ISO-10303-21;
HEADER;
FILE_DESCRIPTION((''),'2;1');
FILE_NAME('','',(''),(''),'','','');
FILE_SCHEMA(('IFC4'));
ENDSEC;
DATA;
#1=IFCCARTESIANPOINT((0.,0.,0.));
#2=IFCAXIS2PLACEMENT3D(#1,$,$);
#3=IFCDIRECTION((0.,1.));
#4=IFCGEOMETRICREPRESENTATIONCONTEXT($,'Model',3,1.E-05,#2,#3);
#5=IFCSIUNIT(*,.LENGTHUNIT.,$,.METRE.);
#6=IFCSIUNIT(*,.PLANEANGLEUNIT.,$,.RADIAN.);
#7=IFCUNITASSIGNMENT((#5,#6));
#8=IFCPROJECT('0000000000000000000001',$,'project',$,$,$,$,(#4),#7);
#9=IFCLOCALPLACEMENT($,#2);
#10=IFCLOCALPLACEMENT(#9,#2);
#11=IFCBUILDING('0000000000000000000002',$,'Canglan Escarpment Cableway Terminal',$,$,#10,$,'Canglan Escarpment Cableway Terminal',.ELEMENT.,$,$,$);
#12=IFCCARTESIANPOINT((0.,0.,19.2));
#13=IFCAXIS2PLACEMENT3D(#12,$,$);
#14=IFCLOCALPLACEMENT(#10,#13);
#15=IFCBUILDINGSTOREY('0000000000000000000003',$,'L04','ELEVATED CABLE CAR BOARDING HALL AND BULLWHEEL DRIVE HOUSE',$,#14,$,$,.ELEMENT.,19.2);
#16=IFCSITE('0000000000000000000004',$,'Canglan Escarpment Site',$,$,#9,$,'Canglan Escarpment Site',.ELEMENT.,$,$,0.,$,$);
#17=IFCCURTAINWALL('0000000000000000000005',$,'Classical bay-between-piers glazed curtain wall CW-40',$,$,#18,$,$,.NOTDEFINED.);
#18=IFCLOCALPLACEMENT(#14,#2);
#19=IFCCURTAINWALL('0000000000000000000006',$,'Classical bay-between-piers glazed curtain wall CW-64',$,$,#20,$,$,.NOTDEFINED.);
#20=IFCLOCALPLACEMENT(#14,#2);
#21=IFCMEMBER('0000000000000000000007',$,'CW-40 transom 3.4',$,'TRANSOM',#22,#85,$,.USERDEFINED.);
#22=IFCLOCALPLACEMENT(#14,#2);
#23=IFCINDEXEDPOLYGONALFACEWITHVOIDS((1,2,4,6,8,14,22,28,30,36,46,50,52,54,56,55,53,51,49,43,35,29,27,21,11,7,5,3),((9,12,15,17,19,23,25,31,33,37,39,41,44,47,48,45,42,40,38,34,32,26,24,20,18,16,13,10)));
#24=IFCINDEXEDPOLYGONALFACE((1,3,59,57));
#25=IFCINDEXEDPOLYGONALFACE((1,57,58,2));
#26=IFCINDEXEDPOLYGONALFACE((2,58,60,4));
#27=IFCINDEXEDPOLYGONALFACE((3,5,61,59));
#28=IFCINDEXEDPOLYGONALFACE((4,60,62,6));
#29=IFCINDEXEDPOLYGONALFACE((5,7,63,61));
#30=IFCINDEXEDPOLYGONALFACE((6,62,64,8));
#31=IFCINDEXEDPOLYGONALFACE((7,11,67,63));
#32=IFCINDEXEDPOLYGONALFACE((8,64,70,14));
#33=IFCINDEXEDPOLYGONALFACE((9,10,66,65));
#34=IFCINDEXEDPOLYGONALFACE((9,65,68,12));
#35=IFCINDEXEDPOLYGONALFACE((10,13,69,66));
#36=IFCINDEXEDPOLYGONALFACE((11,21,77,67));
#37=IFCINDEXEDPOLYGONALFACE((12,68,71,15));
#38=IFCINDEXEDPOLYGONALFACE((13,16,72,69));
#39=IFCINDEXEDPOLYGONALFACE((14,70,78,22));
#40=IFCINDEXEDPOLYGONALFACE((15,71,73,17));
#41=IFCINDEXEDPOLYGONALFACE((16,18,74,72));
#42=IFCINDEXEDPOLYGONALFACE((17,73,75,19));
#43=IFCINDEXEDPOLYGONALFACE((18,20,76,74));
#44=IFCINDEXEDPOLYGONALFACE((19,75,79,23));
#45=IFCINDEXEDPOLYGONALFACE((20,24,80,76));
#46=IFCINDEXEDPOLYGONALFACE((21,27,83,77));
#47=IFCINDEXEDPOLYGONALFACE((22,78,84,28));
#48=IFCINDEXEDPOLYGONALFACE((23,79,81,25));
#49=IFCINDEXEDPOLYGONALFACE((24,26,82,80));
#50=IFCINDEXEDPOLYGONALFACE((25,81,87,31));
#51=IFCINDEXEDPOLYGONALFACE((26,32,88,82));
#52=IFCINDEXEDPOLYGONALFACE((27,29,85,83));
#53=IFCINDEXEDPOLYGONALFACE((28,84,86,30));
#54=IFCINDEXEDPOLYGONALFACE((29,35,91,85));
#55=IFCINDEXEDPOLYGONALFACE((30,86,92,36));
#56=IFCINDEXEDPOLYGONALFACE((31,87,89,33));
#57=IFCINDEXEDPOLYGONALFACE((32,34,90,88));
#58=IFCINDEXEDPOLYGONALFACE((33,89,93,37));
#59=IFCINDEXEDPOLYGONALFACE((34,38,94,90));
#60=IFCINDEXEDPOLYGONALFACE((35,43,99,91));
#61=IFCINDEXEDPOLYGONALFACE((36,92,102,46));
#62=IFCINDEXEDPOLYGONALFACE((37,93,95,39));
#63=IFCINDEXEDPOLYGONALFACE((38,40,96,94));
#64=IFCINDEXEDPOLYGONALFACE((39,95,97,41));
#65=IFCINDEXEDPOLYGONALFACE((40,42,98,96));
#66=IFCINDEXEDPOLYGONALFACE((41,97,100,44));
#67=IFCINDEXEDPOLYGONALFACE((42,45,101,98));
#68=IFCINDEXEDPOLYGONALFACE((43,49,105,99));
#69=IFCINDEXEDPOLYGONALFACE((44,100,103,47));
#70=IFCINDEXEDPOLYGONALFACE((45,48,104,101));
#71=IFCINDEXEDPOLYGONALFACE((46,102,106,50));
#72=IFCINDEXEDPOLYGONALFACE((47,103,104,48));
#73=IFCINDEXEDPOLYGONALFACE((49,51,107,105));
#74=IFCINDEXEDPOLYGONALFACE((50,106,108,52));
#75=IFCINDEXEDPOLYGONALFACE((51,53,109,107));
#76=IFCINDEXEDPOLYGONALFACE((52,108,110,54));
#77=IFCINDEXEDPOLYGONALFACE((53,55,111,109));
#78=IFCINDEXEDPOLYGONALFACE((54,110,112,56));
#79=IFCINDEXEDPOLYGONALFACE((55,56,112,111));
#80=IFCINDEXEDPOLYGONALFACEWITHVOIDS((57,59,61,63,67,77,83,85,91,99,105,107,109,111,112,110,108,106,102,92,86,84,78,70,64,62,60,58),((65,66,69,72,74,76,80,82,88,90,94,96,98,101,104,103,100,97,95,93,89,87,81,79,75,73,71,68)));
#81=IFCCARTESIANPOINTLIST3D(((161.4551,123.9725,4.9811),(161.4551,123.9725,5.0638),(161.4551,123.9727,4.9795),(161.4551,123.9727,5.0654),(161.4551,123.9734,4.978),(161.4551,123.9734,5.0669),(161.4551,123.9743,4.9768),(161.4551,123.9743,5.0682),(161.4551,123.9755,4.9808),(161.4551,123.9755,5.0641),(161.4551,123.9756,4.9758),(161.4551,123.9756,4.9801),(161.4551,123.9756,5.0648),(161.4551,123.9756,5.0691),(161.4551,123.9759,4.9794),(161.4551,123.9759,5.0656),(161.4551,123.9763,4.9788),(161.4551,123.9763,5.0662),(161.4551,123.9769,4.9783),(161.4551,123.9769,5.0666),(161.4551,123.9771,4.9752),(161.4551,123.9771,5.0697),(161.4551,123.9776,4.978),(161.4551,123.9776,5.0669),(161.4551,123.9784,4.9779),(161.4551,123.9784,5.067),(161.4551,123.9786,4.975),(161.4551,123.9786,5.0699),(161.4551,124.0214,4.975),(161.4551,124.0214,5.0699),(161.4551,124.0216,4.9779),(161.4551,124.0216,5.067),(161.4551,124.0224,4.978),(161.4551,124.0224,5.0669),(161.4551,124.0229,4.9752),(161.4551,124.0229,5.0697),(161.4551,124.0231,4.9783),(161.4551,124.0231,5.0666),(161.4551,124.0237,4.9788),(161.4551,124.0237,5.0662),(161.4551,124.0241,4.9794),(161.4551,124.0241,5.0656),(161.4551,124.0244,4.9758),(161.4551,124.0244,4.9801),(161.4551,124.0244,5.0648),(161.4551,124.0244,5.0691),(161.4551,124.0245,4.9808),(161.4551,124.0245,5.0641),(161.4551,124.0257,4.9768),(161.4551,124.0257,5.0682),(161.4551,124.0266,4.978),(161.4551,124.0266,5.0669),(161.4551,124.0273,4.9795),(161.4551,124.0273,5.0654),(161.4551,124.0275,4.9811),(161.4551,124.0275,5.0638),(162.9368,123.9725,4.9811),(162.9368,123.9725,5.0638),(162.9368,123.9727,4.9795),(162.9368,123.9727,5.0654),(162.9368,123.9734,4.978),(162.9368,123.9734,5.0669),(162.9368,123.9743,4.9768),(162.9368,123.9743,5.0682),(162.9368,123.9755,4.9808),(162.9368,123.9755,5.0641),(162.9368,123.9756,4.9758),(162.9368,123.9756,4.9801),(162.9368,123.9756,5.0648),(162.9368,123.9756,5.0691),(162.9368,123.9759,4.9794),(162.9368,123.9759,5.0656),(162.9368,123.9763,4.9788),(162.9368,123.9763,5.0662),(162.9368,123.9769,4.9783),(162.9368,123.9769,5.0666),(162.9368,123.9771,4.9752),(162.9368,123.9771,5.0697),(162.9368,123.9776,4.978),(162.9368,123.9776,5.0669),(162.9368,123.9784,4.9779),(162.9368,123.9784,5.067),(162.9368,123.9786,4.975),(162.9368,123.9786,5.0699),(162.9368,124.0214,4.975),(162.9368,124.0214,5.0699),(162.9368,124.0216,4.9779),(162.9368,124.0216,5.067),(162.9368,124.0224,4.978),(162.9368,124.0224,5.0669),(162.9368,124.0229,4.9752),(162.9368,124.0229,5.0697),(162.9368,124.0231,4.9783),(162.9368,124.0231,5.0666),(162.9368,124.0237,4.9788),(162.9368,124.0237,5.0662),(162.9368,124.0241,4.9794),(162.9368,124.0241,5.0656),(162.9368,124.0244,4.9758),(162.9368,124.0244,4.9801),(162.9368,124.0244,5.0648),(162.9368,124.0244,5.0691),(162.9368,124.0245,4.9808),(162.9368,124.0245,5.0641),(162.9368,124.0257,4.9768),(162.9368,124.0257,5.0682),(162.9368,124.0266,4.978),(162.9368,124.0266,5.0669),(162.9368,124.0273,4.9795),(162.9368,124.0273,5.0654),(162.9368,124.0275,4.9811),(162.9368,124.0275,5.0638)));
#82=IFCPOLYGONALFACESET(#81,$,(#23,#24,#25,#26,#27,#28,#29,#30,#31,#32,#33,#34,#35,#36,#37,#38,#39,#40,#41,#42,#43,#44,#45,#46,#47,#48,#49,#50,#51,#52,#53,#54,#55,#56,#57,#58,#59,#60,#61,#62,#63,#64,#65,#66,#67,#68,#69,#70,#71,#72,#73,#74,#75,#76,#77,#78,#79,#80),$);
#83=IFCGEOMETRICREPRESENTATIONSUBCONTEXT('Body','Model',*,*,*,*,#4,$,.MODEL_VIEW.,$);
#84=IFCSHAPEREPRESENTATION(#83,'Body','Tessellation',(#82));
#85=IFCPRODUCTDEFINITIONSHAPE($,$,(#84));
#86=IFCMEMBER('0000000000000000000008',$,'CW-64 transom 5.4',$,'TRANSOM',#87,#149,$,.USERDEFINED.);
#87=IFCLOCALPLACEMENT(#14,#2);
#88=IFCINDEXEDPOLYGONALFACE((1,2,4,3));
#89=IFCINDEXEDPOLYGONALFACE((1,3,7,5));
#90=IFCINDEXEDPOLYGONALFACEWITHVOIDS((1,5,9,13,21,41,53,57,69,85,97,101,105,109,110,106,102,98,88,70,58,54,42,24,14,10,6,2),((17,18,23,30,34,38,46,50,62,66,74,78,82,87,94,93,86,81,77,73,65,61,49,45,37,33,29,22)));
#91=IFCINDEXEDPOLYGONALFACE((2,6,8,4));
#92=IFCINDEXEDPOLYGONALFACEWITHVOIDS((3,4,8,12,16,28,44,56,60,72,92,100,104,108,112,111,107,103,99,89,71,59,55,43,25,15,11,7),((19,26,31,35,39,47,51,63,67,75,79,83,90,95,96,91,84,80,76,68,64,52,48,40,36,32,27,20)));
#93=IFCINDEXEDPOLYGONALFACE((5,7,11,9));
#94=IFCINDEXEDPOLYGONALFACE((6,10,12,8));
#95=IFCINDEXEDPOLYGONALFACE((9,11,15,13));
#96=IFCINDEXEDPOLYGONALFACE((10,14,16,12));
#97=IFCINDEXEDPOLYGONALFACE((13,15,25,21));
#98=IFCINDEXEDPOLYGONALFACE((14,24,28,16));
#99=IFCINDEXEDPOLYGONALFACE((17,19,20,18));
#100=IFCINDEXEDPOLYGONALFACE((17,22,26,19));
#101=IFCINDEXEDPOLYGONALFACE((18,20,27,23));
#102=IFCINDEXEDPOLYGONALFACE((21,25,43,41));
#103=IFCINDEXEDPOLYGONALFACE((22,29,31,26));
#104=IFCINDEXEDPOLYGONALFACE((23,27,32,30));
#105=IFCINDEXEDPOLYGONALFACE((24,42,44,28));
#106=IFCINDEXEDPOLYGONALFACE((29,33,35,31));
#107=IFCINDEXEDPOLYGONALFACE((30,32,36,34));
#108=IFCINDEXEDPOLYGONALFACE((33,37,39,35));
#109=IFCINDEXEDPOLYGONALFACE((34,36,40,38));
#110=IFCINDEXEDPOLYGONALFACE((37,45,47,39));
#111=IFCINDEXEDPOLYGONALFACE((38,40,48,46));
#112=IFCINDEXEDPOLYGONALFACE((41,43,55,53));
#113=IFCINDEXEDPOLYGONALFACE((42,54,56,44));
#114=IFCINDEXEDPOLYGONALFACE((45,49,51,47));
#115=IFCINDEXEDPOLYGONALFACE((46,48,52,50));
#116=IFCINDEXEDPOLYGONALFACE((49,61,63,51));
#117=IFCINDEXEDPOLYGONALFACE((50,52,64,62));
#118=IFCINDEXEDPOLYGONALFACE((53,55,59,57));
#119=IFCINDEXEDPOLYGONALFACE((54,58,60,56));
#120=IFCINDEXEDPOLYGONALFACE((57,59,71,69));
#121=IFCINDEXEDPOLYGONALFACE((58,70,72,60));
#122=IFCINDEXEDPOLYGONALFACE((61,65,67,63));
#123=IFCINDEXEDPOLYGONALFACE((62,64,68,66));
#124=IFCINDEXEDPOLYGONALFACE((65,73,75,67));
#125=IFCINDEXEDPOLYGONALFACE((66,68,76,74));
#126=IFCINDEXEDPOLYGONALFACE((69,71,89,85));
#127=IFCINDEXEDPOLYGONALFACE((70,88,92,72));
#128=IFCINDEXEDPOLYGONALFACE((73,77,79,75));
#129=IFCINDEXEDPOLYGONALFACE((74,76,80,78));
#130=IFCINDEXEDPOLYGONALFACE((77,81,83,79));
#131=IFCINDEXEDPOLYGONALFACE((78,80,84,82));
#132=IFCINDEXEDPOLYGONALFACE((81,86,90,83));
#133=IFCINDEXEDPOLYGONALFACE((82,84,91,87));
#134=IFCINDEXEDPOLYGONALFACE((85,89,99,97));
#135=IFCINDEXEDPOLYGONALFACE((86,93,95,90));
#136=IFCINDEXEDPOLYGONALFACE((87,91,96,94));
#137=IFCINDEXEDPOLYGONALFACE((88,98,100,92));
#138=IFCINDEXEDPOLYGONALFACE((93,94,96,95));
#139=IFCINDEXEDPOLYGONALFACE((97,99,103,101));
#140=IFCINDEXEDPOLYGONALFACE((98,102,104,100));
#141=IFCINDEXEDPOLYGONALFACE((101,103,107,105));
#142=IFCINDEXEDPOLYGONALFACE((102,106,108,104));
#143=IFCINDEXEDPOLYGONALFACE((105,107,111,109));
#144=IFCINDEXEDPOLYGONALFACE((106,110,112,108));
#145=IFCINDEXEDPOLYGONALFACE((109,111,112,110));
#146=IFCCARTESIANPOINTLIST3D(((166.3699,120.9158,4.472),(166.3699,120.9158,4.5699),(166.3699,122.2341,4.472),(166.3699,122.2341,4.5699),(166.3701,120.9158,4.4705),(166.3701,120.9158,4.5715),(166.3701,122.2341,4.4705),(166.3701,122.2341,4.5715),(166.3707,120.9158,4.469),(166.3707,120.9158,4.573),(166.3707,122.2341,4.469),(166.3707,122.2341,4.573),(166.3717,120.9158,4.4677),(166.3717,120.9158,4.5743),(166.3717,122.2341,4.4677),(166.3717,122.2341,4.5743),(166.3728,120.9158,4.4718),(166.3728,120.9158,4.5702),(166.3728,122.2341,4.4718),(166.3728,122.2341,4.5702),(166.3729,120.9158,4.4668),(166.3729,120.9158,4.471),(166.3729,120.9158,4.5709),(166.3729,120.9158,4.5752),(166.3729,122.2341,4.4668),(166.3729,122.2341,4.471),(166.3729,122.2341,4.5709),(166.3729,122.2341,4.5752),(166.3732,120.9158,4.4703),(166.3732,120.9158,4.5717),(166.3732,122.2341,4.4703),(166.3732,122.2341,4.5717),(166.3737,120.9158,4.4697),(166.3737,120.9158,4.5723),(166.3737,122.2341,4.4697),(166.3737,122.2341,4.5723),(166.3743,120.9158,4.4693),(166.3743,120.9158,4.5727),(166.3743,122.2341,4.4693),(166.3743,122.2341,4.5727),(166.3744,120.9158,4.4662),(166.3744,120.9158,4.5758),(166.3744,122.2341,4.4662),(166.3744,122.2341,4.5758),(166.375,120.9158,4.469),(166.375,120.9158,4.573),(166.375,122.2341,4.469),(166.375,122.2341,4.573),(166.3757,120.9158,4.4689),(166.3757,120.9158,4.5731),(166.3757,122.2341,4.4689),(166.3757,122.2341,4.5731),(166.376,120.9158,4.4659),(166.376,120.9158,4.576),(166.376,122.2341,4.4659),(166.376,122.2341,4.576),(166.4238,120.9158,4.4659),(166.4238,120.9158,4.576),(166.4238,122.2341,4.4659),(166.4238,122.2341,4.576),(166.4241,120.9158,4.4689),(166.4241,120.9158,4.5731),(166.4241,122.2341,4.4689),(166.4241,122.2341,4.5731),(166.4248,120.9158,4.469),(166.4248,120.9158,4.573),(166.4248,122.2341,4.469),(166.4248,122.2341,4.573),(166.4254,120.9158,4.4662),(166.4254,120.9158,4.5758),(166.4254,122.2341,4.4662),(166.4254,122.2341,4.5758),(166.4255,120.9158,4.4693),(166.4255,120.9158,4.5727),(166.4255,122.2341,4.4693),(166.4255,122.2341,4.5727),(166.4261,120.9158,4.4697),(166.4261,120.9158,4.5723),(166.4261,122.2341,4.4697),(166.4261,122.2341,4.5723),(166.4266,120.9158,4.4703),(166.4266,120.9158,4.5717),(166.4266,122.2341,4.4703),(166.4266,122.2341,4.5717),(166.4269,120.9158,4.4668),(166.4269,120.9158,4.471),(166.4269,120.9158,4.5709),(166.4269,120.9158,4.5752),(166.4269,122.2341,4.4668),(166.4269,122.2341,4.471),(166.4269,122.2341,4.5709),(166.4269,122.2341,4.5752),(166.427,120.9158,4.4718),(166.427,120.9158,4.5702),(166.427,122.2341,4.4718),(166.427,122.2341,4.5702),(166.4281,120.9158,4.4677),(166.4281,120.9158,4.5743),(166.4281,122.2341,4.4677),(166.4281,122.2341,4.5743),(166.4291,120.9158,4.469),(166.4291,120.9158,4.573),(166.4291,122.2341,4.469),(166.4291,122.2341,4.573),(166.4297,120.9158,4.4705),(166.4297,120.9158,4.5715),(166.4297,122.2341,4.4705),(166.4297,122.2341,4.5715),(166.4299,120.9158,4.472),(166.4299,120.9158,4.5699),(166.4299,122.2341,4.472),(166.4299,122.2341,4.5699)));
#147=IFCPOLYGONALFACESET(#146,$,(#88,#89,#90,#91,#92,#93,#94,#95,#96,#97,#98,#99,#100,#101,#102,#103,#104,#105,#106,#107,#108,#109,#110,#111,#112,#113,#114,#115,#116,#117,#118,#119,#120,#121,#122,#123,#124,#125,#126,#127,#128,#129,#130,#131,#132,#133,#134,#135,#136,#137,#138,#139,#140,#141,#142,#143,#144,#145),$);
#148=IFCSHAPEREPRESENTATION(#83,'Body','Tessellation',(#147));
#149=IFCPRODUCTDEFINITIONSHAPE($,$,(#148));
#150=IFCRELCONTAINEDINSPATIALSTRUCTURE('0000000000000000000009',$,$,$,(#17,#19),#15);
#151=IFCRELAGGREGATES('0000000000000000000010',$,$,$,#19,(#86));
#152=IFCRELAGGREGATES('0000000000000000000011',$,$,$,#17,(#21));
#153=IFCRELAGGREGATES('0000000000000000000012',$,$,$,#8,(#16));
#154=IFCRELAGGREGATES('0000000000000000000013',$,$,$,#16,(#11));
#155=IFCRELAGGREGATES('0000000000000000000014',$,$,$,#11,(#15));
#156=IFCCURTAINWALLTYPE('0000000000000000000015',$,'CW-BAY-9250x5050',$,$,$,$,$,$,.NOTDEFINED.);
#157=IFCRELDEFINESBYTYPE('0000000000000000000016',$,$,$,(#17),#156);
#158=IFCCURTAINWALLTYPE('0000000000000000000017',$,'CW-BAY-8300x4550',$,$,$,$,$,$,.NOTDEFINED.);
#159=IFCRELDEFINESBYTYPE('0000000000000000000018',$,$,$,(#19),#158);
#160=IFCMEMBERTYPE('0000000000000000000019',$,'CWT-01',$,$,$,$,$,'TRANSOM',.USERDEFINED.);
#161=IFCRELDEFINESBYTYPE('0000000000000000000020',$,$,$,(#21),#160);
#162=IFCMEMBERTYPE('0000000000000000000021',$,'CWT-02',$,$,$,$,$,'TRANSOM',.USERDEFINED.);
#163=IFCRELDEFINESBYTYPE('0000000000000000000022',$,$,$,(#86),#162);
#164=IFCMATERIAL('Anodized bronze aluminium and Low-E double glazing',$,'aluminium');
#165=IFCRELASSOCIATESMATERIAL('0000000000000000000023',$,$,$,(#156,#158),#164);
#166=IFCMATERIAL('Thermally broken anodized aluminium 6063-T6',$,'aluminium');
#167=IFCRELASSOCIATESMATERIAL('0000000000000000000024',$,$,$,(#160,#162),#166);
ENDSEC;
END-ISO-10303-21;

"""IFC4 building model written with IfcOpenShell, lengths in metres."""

from ifc_helpers import new_model, si_unit, direction, frame, origin, origin_2d, place, context, subcontext, project, spatial, hollow_rectangle, extrude, material, material_profile, profile_set, type_object, element, aggregate, save


model = new_model("IFC4")

# Units and contexts
model_context = context("Model", 3, precision=1e-05, world=origin(), true_north=direction((0.0, 1.0)))
body_context = subcontext(model_context, "Body", "Model", "MODEL_VIEW")
ifc_project = project(units=[si_unit("LENGTHUNIT", "METRE"), si_unit("PLANEANGLEUNIT", "RADIAN")], contexts=[model_context])

# Site, building, storey
site_placement = place(None, origin())
site = spatial("IfcSite", under=ifc_project, at=site_placement, Name="Canglan Escarpment Site", LongName="Canglan Escarpment Site", CompositionType="ELEMENT", RefElevation=0.0)
building_placement = place(site_placement, origin())
building = spatial("IfcBuilding", under=site, at=building_placement, Name="Canglan Escarpment Cableway Terminal", LongName="Canglan Escarpment Cableway Terminal", CompositionType="ELEMENT")
storey_placement = place(building_placement, frame((0.0, 0.0, 19.2)))
storey = spatial("IfcBuildingStorey", under=building, at=storey_placement, Name="L04", Description="ELEVATED CABLE CAR BOARDING HALL AND BULLWHEEL DRIVE HOUSE", CompositionType="ELEMENT", Elevation=19.2)

# Curtain walls
ifc_material_1 = material(Name="Anodized bronze aluminium and Low-E double glazing", Category="aluminium")
curtain_wall_type_1 = type_object("IfcCurtainWallType", Name="CW-BAY-9250x5050", PredefinedType="NOTDEFINED", material=ifc_material_1)
curtain_wall_1_placement = place(storey_placement, origin())
curtain_wall_1 = element("IfcCurtainWall", 1, at=curtain_wall_1_placement, inside=storey, type_object=curtain_wall_type_1, Name="Classical bay-between-piers glazed curtain wall CW-40", PredefinedType="NOTDEFINED")
ifc_material_2 = material(Name="Thermally broken anodized aluminium 6063-T6", Category="aluminium")
curtain_wall_type_2 = type_object("IfcCurtainWallType", Name="CW-BAY-8300x4550", PredefinedType="NOTDEFINED", material=ifc_material_1)
curtain_wall_2_placement = place(storey_placement, origin())
curtain_wall_2 = element("IfcCurtainWall", 2, at=curtain_wall_2_placement, inside=storey, type_object=curtain_wall_type_2, Name="Classical bay-between-piers glazed curtain wall CW-64", PredefinedType="NOTDEFINED")

# Members
ifc_material_profile_1 = material_profile(ifc_material_2, hollow_rectangle(XDim=0.0549, YDim=0.095, WallThickness=0.0029, InnerFilletRadius=0.0029, OuterFilletRadius=0.0061, at=origin_2d()), Name="ALU-TRAN 55x95x3")
ifc_profile_set_1 = profile_set([ifc_material_profile_1], Name="Thermally broken anodized aluminium 6063-T6")
member_type_1 = type_object("IfcMemberType", Name="CWT-01", ElementType="TRANSOM", PredefinedType="USERDEFINED", material=ifc_profile_set_1)
member_1_placement = place(storey_placement, frame((162.9368, 124.0, 5.0225), z_axis=(-1.0, 0.0, 0.0), x_axis=(0.0, -1.0, 0.0)))
member_1 = element("IfcMember", 3, at=member_1_placement, type_object=member_type_1, Name="CW-40 transom 3.4", ObjectType="TRANSOM", PredefinedType="USERDEFINED", context=body_context, shape_type="SweptSolid", body=[
    extrude(hollow_rectangle(XDim=0.0549, YDim=0.095, WallThickness=0.0029, InnerFilletRadius=0.0029, OuterFilletRadius=0.0061, at=origin_2d()), origin(), (0.0, 0.0, 1.0), 1.4817),
])
ifc_material_profile_2 = material_profile(ifc_material_2, hollow_rectangle(XDim=0.0601, YDim=0.1101, WallThickness=0.0029, InnerFilletRadius=0.0029, OuterFilletRadius=0.0061, at=origin_2d()), Name="ALU-TRAN 60x110x3")
ifc_profile_set_2 = profile_set([ifc_material_profile_2], Name="Thermally broken anodized aluminium 6063-T6")
member_type_2 = type_object("IfcMemberType", Name="CWT-02", ElementType="TRANSOM", PredefinedType="USERDEFINED", material=ifc_profile_set_2)
member_2_placement = place(storey_placement, frame((166.3999, 120.9158, 4.521), z_axis=(0.0, 1.0, 0.0), x_axis=(-1.0, 0.0, 0.0)))
member_2 = element("IfcMember", 4, at=member_2_placement, type_object=member_type_2, Name="CW-64 transom 5.4", ObjectType="TRANSOM", PredefinedType="USERDEFINED", context=body_context, shape_type="SweptSolid", body=[
    extrude(hollow_rectangle(XDim=0.0601, YDim=0.1101, WallThickness=0.0029, InnerFilletRadius=0.0029, OuterFilletRadius=0.0061, at=origin_2d()), origin(), (0.0, 0.0, 1.0), 1.3184),
])

aggregate(curtain_wall_2, [member_2])
aggregate(curtain_wall_1, [member_1])

save(model, "model.ifc")
